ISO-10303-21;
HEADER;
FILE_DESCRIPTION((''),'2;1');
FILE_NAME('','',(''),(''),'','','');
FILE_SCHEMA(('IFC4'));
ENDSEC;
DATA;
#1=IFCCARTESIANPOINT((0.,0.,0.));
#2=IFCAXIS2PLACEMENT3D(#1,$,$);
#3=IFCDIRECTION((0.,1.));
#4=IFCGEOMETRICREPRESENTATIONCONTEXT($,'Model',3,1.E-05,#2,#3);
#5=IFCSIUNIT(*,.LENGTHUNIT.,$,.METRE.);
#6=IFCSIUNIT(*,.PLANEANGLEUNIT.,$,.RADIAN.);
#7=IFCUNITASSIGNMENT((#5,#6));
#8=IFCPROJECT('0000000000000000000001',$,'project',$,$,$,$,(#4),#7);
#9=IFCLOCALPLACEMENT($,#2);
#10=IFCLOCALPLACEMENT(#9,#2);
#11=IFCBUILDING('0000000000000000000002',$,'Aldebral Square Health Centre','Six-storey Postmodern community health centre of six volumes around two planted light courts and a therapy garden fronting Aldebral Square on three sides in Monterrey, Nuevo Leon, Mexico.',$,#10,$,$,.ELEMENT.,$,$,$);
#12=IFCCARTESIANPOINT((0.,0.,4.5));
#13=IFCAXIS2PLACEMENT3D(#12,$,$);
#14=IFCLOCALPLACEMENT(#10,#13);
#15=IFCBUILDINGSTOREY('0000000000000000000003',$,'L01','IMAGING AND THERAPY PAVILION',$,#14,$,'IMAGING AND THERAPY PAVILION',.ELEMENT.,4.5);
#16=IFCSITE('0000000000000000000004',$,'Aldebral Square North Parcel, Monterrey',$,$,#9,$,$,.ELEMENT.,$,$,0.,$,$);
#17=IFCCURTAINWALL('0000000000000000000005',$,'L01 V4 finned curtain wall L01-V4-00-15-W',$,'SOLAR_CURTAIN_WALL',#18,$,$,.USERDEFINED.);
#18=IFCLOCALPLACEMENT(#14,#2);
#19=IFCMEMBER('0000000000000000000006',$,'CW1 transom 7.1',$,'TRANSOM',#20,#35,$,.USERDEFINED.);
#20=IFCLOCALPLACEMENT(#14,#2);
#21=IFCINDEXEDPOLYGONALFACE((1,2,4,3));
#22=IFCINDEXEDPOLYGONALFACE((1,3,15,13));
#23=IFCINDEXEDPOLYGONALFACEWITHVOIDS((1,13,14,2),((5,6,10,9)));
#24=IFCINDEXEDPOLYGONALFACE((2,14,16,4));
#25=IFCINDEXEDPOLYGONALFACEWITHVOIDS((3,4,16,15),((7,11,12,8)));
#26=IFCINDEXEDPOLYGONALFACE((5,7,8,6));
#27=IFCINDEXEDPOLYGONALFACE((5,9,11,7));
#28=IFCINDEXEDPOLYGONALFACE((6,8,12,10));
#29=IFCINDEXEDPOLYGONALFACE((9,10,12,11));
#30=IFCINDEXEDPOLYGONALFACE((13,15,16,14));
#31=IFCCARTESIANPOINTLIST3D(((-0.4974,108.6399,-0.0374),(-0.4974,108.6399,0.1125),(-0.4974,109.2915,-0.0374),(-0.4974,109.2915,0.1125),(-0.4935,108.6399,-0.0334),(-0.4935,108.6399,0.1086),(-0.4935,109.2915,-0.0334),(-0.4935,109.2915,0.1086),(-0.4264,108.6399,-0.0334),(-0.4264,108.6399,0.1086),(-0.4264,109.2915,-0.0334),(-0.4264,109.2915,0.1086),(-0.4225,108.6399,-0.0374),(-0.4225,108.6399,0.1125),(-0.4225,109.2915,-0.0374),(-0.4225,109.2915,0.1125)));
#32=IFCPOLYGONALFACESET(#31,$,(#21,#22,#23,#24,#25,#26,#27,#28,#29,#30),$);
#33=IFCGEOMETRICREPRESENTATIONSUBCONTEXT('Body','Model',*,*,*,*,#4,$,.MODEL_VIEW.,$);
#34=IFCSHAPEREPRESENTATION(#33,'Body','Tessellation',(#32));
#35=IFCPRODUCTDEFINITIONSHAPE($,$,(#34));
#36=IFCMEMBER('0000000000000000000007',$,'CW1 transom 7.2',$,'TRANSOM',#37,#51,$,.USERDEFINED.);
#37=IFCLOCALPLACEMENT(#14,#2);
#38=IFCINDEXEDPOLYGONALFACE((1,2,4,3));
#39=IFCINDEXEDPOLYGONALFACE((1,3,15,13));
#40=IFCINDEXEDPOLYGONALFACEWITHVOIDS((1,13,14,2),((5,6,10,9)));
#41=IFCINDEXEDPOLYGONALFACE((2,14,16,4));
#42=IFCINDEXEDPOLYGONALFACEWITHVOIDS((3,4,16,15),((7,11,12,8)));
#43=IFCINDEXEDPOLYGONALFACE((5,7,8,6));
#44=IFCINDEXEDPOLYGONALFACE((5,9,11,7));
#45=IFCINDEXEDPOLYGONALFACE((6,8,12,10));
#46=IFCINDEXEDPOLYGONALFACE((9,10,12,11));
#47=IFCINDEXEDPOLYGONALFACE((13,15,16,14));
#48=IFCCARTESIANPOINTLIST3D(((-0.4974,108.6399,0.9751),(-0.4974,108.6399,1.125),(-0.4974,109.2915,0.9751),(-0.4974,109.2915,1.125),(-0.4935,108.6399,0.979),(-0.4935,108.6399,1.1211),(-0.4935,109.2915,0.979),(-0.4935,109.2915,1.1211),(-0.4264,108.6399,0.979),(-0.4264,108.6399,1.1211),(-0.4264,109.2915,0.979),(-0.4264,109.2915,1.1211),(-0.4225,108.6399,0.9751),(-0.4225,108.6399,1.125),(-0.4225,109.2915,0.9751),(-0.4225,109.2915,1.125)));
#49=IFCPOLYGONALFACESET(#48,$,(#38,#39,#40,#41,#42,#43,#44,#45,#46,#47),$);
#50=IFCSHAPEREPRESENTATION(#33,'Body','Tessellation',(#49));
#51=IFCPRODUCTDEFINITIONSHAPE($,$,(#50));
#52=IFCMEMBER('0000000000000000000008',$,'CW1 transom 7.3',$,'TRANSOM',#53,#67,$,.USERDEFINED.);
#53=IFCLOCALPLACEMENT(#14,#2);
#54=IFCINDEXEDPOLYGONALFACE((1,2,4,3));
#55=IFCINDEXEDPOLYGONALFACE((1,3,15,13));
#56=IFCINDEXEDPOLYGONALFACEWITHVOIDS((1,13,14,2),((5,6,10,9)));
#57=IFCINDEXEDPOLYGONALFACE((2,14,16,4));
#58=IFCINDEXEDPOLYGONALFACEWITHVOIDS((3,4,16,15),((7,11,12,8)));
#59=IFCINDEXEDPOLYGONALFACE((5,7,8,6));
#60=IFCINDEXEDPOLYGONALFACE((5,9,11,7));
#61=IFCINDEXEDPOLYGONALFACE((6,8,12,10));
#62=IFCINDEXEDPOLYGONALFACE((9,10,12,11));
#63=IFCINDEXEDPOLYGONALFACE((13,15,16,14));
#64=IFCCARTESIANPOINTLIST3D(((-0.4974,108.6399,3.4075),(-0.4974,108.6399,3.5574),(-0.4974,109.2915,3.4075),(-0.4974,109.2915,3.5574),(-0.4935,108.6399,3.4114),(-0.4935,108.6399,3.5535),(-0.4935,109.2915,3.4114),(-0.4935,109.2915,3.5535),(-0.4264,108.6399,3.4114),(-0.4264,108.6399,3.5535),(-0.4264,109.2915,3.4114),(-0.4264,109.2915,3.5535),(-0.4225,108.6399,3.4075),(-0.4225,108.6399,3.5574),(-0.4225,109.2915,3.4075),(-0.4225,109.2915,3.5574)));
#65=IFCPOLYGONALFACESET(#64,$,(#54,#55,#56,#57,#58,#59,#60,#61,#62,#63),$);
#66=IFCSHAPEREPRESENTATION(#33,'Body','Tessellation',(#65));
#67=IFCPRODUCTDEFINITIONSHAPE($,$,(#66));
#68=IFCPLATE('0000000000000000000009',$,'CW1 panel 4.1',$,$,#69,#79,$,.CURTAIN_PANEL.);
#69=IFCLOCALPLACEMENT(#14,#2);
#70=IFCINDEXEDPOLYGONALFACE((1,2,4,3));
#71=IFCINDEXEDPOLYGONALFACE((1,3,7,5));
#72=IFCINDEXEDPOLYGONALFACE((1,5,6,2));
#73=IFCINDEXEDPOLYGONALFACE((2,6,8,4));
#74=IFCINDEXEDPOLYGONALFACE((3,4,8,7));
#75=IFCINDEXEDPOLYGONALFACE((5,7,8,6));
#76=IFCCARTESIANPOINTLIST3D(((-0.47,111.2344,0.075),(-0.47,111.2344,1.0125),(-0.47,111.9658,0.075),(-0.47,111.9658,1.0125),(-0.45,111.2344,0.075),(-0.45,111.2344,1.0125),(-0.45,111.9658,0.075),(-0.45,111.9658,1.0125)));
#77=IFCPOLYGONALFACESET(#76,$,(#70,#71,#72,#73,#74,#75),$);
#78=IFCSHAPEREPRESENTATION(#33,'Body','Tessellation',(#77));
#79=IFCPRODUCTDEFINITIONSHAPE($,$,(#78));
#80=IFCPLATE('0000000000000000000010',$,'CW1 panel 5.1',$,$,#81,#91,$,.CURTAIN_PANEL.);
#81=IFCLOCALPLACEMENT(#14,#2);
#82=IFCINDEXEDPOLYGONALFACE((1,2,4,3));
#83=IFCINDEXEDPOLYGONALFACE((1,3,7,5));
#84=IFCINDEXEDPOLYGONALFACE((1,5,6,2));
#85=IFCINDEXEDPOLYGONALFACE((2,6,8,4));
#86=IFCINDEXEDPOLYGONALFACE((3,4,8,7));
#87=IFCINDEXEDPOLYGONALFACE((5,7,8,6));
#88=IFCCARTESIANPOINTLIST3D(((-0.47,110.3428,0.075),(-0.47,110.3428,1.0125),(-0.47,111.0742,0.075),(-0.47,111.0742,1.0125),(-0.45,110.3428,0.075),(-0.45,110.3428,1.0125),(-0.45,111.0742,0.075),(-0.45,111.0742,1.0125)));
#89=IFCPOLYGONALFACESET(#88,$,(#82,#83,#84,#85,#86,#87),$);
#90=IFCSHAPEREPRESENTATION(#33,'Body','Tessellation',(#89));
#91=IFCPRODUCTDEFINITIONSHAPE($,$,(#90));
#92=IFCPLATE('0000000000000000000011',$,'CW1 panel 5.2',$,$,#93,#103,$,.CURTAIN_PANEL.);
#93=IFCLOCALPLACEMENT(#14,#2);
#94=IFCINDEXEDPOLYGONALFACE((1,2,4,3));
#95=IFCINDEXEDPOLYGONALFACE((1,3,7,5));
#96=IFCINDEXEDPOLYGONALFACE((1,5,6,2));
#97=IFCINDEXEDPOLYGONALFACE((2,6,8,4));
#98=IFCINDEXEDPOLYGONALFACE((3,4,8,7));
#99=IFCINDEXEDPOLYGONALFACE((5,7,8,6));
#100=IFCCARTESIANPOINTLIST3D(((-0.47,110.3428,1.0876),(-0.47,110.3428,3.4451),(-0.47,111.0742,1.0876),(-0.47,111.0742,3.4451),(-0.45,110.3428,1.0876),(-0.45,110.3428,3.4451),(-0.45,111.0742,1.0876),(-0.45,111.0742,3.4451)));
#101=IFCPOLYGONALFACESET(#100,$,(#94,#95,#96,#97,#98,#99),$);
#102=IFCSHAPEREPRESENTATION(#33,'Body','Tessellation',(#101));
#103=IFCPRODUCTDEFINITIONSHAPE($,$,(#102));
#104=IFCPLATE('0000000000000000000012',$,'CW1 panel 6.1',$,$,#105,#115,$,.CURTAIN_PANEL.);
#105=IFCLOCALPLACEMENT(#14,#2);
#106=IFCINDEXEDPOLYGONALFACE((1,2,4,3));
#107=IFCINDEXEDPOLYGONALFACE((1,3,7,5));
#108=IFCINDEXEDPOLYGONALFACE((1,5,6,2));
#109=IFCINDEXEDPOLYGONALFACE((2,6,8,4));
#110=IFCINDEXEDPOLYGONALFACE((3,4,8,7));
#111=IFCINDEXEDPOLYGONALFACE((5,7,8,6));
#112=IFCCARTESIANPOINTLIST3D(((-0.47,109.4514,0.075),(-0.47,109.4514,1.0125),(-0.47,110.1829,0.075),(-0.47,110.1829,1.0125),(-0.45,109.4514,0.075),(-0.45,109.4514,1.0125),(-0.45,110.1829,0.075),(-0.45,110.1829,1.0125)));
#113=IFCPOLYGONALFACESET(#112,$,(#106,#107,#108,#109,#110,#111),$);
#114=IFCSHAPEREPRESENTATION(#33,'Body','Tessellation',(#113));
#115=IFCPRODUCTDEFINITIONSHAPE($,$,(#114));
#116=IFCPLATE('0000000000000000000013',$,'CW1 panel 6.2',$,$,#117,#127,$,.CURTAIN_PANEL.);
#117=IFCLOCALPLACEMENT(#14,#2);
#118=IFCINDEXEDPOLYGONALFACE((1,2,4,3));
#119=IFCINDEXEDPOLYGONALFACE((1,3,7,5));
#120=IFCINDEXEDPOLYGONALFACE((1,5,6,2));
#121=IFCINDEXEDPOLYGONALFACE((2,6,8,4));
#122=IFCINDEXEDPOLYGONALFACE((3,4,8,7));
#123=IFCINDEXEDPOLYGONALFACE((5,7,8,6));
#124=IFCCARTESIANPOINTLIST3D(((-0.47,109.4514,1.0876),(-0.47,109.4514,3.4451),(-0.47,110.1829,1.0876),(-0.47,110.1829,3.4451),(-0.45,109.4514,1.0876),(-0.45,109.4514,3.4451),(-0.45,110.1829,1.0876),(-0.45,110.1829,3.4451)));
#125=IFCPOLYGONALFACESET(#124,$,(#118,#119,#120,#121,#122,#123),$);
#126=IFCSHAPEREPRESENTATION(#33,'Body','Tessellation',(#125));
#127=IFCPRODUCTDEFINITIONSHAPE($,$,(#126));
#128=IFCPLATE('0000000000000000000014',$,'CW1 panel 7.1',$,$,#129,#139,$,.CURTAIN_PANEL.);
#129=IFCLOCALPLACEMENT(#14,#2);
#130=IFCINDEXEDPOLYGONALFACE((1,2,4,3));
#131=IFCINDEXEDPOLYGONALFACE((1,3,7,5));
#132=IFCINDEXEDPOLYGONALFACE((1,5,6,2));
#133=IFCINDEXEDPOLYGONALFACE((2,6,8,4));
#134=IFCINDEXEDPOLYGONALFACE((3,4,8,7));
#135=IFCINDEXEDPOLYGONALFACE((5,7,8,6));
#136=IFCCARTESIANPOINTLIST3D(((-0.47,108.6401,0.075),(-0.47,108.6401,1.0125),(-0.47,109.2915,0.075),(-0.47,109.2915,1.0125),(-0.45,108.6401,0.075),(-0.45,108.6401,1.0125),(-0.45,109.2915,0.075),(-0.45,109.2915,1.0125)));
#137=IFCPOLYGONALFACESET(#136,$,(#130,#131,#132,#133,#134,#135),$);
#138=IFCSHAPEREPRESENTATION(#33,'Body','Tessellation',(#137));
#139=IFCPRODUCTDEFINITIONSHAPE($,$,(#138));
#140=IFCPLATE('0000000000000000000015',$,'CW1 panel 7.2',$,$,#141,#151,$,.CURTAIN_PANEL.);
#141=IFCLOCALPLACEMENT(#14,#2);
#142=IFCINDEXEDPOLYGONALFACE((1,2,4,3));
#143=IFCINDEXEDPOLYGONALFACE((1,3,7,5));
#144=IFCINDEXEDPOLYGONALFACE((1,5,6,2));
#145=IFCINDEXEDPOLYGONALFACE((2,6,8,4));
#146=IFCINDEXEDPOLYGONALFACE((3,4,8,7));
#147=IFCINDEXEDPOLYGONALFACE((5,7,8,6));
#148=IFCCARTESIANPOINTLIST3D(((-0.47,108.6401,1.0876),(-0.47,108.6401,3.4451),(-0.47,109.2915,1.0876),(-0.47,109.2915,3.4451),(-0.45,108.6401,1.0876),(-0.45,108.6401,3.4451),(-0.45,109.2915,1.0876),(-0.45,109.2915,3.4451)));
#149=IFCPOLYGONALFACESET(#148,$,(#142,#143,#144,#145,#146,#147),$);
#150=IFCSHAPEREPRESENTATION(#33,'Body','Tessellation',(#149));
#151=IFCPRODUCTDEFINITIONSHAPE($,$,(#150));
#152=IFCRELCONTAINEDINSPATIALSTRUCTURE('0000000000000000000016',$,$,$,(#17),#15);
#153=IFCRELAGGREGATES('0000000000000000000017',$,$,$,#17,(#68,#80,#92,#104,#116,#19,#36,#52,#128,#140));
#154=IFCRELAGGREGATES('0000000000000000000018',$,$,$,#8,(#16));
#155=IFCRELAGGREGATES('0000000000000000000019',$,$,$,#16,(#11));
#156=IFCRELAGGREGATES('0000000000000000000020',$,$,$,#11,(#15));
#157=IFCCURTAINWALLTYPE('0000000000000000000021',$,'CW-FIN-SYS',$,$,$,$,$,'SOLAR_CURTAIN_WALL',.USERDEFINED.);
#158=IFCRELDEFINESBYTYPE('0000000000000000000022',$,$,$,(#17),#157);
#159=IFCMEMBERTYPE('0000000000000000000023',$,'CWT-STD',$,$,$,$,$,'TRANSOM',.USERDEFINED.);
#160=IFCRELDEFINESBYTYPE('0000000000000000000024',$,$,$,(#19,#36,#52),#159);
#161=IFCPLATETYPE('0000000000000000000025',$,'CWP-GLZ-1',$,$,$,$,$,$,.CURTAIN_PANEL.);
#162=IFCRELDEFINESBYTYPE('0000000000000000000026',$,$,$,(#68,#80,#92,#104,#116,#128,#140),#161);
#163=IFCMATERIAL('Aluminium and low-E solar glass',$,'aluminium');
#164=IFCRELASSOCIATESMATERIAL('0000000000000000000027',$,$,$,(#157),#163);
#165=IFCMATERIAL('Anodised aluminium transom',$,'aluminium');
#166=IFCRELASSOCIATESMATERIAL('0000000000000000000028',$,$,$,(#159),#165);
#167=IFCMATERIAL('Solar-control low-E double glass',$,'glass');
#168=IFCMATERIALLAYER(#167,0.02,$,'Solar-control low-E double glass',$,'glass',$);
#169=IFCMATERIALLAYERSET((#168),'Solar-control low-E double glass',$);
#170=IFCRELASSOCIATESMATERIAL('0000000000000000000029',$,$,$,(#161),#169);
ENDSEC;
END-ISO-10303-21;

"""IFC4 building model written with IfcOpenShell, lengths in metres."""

from ifc_helpers import new_model, si_unit, direction, frame, origin, origin_2d, place, context, subcontext, project, spatial, rectangle, hollow_rectangle, extrude, material, layer, layer_set, material_profile, profile_set, type_object, element, aggregate, save


model = new_model("IFC4")

# Units and contexts
model_context = context("Model", 3, precision=1e-05, world=origin(), true_north=direction((0.0, 1.0)))
body_context = subcontext(model_context, "Body", "Model", "MODEL_VIEW")
ifc_project = project(units=[si_unit("LENGTHUNIT", "METRE"), si_unit("PLANEANGLEUNIT", "RADIAN")], contexts=[model_context])

# Site, building, storey
site_placement = place(None, origin())
site = spatial("IfcSite", under=ifc_project, at=site_placement, Name="Aldebral Square North Parcel, Monterrey", CompositionType="ELEMENT", RefElevation=0.0)
building_placement = place(site_placement, origin())
building = spatial("IfcBuilding", under=site, at=building_placement, Name="Aldebral Square Health Centre", Description="Six-storey Postmodern community health centre of six volumes around two planted light courts and a therapy garden fronting Aldebral Square on three sides in Monterrey, Nuevo Leon, Mexico.", CompositionType="ELEMENT")
storey_placement = place(building_placement, frame((0.0, 0.0, 4.5)))
storey = spatial("IfcBuildingStorey", under=building, at=storey_placement, Name="L01", Description="IMAGING AND THERAPY PAVILION", LongName="IMAGING AND THERAPY PAVILION", CompositionType="ELEMENT", Elevation=4.5)

# Shared definitions
ifc_material_1 = material(Name="Aluminium and low-E solar glass", Category="aluminium")
curtain_wall_type = type_object("IfcCurtainWallType", Name="CW-FIN-SYS", ElementType="SOLAR_CURTAIN_WALL", PredefinedType="USERDEFINED", material=ifc_material_1)

# Curtain wall, members, plates
curtain_wall_1_placement = place(storey_placement, origin())
curtain_wall_1 = element("IfcCurtainWall", 1, at=curtain_wall_1_placement, inside=storey, type_object=curtain_wall_type, Name="L01 V4 finned curtain wall L01-V4-00-15-W", ObjectType="SOLAR_CURTAIN_WALL", PredefinedType="USERDEFINED")
ifc_material_2 = material(Name="Anodised aluminium transom", Category="aluminium")
ifc_material_profile_1 = material_profile(ifc_material_2, hollow_rectangle(XDim=0.075, YDim=0.1499, WallThickness=0.0039, at=origin_2d()), Name="CWT 75x150x4")
ifc_profile_set_1 = profile_set([ifc_material_profile_1], Name="Anodised aluminium transom")
member_type_1 = type_object("IfcMemberType", Name="CWT-STD", ElementType="TRANSOM", PredefinedType="USERDEFINED", material=ifc_profile_set_1)
member_1_placement = place(storey_placement, frame((-0.46, 109.2915, 0.0376), z_axis=(0.0, -1.0, 0.0), x_axis=(1.0, 0.0, 0.0)))
member_1 = element("IfcMember", 2, at=member_1_placement, type_object=member_type_1, Name="CW1 transom 7.1", ObjectType="TRANSOM", PredefinedType="USERDEFINED", context=body_context, shape_type="SweptSolid", body=[
    extrude(hollow_rectangle(XDim=0.075, YDim=0.1499, WallThickness=0.0039, at=origin_2d()), origin(), (0.0, 0.0, 1.0), 0.6516),
])
member_2_placement = place(storey_placement, frame((-0.46, 109.2915, 1.05), z_axis=(0.0, -1.0, 0.0), x_axis=(1.0, 0.0, 0.0)))
member_2 = element("IfcMember", 3, at=member_2_placement, type_object=member_type_1, Name="CW1 transom 7.2", ObjectType="TRANSOM", PredefinedType="USERDEFINED", context=body_context, shape_type="SweptSolid", body=[
    extrude(hollow_rectangle(XDim=0.075, YDim=0.1499, WallThickness=0.0039, at=origin_2d()), origin(), (0.0, 0.0, 1.0), 0.6516),
])
member_3_placement = place(storey_placement, frame((-0.46, 109.2915, 3.4824), z_axis=(0.0, -1.0, 0.0), x_axis=(1.0, 0.0, 0.0)))
member_3 = element("IfcMember", 4, at=member_3_placement, type_object=member_type_1, Name="CW1 transom 7.3", ObjectType="TRANSOM", PredefinedType="USERDEFINED", context=body_context, shape_type="SweptSolid", body=[
    extrude(hollow_rectangle(XDim=0.075, YDim=0.1499, WallThickness=0.0039, at=origin_2d()), origin(), (0.0, 0.0, 1.0), 0.6516),
])
ifc_material_3 = material(Name="Solar-control low-E double glass", Category="glass")
ifc_layer = layer(ifc_material_3, 0.02, Name="Solar-control low-E double glass", Category="glass")
ifc_layer_set = layer_set([ifc_layer], Name="Solar-control low-E double glass")
plate_type = type_object("IfcPlateType", Name="CWP-GLZ-1", PredefinedType="CURTAIN_PANEL", material=ifc_layer_set)
plate_1_placement = place(storey_placement, frame((-0.46, 111.6001, 0.075), z_axis=(0.0, 0.0, 1.0), x_axis=(0.0, -1.0, 0.0)))
plate_1 = element("IfcPlate", 5, at=plate_1_placement, type_object=plate_type, Name="CW1 panel 4.1", PredefinedType="CURTAIN_PANEL", context=body_context, shape_type="SweptSolid", body=[
    extrude(rectangle(XDim=0.7314, YDim=0.02, at=origin_2d()), origin(), (0.0, 0.0, 1.0), 0.9375),
])
plate_2_placement = place(storey_placement, frame((-0.46, 110.7085, 0.075), z_axis=(0.0, 0.0, 1.0), x_axis=(0.0, -1.0, 0.0)))
plate_2 = element("IfcPlate", 6, at=plate_2_placement, type_object=plate_type, Name="CW1 panel 5.1", PredefinedType="CURTAIN_PANEL", context=body_context, shape_type="SweptSolid", body=[
    extrude(rectangle(XDim=0.7314, YDim=0.02, at=origin_2d()), origin(), (0.0, 0.0, 1.0), 0.9375),
])
plate_3_placement = place(storey_placement, frame((-0.46, 110.7085, 1.0876), z_axis=(0.0, 0.0, 1.0), x_axis=(0.0, -1.0, 0.0)))
plate_3 = element("IfcPlate", 7, at=plate_3_placement, type_object=plate_type, Name="CW1 panel 5.2", PredefinedType="CURTAIN_PANEL", context=body_context, shape_type="SweptSolid", body=[
    extrude(rectangle(XDim=0.7314, YDim=0.02, at=origin_2d()), origin(), (0.0, 0.0, 1.0), 2.3574),
])
plate_4_placement = place(storey_placement, frame((-0.46, 109.8171, 0.075), z_axis=(0.0, 0.0, 1.0), x_axis=(0.0, -1.0, 0.0)))
plate_4 = element("IfcPlate", 8, at=plate_4_placement, type_object=plate_type, Name="CW1 panel 6.1", PredefinedType="CURTAIN_PANEL", context=body_context, shape_type="SweptSolid", body=[
    extrude(rectangle(XDim=0.7314, YDim=0.02, at=origin_2d()), origin(), (0.0, 0.0, 1.0), 0.9375),
])
plate_5_placement = place(storey_placement, frame((-0.46, 109.8171, 1.0876), z_axis=(0.0, 0.0, 1.0), x_axis=(0.0, -1.0, 0.0)))
plate_5 = element("IfcPlate", 9, at=plate_5_placement, type_object=plate_type, Name="CW1 panel 6.2", PredefinedType="CURTAIN_PANEL", context=body_context, shape_type="SweptSolid", body=[
    extrude(rectangle(XDim=0.7314, YDim=0.02, at=origin_2d()), origin(), (0.0, 0.0, 1.0), 2.3574),
])
plate_6_placement = place(storey_placement, frame((-0.46, 108.9658, 0.075), z_axis=(0.0, 0.0, 1.0), x_axis=(0.0, -1.0, 0.0)))
plate_6 = element("IfcPlate", 10, at=plate_6_placement, type_object=plate_type, Name="CW1 panel 7.1", PredefinedType="CURTAIN_PANEL", context=body_context, shape_type="SweptSolid", body=[
    extrude(rectangle(XDim=0.6514, YDim=0.02, at=origin_2d()), origin(), (0.0, 0.0, 1.0), 0.9375),
])
plate_7_placement = place(storey_placement, frame((-0.46, 108.9658, 1.0876), z_axis=(0.0, 0.0, 1.0), x_axis=(0.0, -1.0, 0.0)))
plate_7 = element("IfcPlate", 11, at=plate_7_placement, type_object=plate_type, Name="CW1 panel 7.2", PredefinedType="CURTAIN_PANEL", context=body_context, shape_type="SweptSolid", body=[
    extrude(rectangle(XDim=0.6514, YDim=0.02, at=origin_2d()), origin(), (0.0, 0.0, 1.0), 2.3574),
])
aggregate(curtain_wall_1, [plate_1, plate_2, plate_3, plate_4, plate_5, member_1, member_2, member_3, plate_6, plate_7])

save(model, "model.ifc")
